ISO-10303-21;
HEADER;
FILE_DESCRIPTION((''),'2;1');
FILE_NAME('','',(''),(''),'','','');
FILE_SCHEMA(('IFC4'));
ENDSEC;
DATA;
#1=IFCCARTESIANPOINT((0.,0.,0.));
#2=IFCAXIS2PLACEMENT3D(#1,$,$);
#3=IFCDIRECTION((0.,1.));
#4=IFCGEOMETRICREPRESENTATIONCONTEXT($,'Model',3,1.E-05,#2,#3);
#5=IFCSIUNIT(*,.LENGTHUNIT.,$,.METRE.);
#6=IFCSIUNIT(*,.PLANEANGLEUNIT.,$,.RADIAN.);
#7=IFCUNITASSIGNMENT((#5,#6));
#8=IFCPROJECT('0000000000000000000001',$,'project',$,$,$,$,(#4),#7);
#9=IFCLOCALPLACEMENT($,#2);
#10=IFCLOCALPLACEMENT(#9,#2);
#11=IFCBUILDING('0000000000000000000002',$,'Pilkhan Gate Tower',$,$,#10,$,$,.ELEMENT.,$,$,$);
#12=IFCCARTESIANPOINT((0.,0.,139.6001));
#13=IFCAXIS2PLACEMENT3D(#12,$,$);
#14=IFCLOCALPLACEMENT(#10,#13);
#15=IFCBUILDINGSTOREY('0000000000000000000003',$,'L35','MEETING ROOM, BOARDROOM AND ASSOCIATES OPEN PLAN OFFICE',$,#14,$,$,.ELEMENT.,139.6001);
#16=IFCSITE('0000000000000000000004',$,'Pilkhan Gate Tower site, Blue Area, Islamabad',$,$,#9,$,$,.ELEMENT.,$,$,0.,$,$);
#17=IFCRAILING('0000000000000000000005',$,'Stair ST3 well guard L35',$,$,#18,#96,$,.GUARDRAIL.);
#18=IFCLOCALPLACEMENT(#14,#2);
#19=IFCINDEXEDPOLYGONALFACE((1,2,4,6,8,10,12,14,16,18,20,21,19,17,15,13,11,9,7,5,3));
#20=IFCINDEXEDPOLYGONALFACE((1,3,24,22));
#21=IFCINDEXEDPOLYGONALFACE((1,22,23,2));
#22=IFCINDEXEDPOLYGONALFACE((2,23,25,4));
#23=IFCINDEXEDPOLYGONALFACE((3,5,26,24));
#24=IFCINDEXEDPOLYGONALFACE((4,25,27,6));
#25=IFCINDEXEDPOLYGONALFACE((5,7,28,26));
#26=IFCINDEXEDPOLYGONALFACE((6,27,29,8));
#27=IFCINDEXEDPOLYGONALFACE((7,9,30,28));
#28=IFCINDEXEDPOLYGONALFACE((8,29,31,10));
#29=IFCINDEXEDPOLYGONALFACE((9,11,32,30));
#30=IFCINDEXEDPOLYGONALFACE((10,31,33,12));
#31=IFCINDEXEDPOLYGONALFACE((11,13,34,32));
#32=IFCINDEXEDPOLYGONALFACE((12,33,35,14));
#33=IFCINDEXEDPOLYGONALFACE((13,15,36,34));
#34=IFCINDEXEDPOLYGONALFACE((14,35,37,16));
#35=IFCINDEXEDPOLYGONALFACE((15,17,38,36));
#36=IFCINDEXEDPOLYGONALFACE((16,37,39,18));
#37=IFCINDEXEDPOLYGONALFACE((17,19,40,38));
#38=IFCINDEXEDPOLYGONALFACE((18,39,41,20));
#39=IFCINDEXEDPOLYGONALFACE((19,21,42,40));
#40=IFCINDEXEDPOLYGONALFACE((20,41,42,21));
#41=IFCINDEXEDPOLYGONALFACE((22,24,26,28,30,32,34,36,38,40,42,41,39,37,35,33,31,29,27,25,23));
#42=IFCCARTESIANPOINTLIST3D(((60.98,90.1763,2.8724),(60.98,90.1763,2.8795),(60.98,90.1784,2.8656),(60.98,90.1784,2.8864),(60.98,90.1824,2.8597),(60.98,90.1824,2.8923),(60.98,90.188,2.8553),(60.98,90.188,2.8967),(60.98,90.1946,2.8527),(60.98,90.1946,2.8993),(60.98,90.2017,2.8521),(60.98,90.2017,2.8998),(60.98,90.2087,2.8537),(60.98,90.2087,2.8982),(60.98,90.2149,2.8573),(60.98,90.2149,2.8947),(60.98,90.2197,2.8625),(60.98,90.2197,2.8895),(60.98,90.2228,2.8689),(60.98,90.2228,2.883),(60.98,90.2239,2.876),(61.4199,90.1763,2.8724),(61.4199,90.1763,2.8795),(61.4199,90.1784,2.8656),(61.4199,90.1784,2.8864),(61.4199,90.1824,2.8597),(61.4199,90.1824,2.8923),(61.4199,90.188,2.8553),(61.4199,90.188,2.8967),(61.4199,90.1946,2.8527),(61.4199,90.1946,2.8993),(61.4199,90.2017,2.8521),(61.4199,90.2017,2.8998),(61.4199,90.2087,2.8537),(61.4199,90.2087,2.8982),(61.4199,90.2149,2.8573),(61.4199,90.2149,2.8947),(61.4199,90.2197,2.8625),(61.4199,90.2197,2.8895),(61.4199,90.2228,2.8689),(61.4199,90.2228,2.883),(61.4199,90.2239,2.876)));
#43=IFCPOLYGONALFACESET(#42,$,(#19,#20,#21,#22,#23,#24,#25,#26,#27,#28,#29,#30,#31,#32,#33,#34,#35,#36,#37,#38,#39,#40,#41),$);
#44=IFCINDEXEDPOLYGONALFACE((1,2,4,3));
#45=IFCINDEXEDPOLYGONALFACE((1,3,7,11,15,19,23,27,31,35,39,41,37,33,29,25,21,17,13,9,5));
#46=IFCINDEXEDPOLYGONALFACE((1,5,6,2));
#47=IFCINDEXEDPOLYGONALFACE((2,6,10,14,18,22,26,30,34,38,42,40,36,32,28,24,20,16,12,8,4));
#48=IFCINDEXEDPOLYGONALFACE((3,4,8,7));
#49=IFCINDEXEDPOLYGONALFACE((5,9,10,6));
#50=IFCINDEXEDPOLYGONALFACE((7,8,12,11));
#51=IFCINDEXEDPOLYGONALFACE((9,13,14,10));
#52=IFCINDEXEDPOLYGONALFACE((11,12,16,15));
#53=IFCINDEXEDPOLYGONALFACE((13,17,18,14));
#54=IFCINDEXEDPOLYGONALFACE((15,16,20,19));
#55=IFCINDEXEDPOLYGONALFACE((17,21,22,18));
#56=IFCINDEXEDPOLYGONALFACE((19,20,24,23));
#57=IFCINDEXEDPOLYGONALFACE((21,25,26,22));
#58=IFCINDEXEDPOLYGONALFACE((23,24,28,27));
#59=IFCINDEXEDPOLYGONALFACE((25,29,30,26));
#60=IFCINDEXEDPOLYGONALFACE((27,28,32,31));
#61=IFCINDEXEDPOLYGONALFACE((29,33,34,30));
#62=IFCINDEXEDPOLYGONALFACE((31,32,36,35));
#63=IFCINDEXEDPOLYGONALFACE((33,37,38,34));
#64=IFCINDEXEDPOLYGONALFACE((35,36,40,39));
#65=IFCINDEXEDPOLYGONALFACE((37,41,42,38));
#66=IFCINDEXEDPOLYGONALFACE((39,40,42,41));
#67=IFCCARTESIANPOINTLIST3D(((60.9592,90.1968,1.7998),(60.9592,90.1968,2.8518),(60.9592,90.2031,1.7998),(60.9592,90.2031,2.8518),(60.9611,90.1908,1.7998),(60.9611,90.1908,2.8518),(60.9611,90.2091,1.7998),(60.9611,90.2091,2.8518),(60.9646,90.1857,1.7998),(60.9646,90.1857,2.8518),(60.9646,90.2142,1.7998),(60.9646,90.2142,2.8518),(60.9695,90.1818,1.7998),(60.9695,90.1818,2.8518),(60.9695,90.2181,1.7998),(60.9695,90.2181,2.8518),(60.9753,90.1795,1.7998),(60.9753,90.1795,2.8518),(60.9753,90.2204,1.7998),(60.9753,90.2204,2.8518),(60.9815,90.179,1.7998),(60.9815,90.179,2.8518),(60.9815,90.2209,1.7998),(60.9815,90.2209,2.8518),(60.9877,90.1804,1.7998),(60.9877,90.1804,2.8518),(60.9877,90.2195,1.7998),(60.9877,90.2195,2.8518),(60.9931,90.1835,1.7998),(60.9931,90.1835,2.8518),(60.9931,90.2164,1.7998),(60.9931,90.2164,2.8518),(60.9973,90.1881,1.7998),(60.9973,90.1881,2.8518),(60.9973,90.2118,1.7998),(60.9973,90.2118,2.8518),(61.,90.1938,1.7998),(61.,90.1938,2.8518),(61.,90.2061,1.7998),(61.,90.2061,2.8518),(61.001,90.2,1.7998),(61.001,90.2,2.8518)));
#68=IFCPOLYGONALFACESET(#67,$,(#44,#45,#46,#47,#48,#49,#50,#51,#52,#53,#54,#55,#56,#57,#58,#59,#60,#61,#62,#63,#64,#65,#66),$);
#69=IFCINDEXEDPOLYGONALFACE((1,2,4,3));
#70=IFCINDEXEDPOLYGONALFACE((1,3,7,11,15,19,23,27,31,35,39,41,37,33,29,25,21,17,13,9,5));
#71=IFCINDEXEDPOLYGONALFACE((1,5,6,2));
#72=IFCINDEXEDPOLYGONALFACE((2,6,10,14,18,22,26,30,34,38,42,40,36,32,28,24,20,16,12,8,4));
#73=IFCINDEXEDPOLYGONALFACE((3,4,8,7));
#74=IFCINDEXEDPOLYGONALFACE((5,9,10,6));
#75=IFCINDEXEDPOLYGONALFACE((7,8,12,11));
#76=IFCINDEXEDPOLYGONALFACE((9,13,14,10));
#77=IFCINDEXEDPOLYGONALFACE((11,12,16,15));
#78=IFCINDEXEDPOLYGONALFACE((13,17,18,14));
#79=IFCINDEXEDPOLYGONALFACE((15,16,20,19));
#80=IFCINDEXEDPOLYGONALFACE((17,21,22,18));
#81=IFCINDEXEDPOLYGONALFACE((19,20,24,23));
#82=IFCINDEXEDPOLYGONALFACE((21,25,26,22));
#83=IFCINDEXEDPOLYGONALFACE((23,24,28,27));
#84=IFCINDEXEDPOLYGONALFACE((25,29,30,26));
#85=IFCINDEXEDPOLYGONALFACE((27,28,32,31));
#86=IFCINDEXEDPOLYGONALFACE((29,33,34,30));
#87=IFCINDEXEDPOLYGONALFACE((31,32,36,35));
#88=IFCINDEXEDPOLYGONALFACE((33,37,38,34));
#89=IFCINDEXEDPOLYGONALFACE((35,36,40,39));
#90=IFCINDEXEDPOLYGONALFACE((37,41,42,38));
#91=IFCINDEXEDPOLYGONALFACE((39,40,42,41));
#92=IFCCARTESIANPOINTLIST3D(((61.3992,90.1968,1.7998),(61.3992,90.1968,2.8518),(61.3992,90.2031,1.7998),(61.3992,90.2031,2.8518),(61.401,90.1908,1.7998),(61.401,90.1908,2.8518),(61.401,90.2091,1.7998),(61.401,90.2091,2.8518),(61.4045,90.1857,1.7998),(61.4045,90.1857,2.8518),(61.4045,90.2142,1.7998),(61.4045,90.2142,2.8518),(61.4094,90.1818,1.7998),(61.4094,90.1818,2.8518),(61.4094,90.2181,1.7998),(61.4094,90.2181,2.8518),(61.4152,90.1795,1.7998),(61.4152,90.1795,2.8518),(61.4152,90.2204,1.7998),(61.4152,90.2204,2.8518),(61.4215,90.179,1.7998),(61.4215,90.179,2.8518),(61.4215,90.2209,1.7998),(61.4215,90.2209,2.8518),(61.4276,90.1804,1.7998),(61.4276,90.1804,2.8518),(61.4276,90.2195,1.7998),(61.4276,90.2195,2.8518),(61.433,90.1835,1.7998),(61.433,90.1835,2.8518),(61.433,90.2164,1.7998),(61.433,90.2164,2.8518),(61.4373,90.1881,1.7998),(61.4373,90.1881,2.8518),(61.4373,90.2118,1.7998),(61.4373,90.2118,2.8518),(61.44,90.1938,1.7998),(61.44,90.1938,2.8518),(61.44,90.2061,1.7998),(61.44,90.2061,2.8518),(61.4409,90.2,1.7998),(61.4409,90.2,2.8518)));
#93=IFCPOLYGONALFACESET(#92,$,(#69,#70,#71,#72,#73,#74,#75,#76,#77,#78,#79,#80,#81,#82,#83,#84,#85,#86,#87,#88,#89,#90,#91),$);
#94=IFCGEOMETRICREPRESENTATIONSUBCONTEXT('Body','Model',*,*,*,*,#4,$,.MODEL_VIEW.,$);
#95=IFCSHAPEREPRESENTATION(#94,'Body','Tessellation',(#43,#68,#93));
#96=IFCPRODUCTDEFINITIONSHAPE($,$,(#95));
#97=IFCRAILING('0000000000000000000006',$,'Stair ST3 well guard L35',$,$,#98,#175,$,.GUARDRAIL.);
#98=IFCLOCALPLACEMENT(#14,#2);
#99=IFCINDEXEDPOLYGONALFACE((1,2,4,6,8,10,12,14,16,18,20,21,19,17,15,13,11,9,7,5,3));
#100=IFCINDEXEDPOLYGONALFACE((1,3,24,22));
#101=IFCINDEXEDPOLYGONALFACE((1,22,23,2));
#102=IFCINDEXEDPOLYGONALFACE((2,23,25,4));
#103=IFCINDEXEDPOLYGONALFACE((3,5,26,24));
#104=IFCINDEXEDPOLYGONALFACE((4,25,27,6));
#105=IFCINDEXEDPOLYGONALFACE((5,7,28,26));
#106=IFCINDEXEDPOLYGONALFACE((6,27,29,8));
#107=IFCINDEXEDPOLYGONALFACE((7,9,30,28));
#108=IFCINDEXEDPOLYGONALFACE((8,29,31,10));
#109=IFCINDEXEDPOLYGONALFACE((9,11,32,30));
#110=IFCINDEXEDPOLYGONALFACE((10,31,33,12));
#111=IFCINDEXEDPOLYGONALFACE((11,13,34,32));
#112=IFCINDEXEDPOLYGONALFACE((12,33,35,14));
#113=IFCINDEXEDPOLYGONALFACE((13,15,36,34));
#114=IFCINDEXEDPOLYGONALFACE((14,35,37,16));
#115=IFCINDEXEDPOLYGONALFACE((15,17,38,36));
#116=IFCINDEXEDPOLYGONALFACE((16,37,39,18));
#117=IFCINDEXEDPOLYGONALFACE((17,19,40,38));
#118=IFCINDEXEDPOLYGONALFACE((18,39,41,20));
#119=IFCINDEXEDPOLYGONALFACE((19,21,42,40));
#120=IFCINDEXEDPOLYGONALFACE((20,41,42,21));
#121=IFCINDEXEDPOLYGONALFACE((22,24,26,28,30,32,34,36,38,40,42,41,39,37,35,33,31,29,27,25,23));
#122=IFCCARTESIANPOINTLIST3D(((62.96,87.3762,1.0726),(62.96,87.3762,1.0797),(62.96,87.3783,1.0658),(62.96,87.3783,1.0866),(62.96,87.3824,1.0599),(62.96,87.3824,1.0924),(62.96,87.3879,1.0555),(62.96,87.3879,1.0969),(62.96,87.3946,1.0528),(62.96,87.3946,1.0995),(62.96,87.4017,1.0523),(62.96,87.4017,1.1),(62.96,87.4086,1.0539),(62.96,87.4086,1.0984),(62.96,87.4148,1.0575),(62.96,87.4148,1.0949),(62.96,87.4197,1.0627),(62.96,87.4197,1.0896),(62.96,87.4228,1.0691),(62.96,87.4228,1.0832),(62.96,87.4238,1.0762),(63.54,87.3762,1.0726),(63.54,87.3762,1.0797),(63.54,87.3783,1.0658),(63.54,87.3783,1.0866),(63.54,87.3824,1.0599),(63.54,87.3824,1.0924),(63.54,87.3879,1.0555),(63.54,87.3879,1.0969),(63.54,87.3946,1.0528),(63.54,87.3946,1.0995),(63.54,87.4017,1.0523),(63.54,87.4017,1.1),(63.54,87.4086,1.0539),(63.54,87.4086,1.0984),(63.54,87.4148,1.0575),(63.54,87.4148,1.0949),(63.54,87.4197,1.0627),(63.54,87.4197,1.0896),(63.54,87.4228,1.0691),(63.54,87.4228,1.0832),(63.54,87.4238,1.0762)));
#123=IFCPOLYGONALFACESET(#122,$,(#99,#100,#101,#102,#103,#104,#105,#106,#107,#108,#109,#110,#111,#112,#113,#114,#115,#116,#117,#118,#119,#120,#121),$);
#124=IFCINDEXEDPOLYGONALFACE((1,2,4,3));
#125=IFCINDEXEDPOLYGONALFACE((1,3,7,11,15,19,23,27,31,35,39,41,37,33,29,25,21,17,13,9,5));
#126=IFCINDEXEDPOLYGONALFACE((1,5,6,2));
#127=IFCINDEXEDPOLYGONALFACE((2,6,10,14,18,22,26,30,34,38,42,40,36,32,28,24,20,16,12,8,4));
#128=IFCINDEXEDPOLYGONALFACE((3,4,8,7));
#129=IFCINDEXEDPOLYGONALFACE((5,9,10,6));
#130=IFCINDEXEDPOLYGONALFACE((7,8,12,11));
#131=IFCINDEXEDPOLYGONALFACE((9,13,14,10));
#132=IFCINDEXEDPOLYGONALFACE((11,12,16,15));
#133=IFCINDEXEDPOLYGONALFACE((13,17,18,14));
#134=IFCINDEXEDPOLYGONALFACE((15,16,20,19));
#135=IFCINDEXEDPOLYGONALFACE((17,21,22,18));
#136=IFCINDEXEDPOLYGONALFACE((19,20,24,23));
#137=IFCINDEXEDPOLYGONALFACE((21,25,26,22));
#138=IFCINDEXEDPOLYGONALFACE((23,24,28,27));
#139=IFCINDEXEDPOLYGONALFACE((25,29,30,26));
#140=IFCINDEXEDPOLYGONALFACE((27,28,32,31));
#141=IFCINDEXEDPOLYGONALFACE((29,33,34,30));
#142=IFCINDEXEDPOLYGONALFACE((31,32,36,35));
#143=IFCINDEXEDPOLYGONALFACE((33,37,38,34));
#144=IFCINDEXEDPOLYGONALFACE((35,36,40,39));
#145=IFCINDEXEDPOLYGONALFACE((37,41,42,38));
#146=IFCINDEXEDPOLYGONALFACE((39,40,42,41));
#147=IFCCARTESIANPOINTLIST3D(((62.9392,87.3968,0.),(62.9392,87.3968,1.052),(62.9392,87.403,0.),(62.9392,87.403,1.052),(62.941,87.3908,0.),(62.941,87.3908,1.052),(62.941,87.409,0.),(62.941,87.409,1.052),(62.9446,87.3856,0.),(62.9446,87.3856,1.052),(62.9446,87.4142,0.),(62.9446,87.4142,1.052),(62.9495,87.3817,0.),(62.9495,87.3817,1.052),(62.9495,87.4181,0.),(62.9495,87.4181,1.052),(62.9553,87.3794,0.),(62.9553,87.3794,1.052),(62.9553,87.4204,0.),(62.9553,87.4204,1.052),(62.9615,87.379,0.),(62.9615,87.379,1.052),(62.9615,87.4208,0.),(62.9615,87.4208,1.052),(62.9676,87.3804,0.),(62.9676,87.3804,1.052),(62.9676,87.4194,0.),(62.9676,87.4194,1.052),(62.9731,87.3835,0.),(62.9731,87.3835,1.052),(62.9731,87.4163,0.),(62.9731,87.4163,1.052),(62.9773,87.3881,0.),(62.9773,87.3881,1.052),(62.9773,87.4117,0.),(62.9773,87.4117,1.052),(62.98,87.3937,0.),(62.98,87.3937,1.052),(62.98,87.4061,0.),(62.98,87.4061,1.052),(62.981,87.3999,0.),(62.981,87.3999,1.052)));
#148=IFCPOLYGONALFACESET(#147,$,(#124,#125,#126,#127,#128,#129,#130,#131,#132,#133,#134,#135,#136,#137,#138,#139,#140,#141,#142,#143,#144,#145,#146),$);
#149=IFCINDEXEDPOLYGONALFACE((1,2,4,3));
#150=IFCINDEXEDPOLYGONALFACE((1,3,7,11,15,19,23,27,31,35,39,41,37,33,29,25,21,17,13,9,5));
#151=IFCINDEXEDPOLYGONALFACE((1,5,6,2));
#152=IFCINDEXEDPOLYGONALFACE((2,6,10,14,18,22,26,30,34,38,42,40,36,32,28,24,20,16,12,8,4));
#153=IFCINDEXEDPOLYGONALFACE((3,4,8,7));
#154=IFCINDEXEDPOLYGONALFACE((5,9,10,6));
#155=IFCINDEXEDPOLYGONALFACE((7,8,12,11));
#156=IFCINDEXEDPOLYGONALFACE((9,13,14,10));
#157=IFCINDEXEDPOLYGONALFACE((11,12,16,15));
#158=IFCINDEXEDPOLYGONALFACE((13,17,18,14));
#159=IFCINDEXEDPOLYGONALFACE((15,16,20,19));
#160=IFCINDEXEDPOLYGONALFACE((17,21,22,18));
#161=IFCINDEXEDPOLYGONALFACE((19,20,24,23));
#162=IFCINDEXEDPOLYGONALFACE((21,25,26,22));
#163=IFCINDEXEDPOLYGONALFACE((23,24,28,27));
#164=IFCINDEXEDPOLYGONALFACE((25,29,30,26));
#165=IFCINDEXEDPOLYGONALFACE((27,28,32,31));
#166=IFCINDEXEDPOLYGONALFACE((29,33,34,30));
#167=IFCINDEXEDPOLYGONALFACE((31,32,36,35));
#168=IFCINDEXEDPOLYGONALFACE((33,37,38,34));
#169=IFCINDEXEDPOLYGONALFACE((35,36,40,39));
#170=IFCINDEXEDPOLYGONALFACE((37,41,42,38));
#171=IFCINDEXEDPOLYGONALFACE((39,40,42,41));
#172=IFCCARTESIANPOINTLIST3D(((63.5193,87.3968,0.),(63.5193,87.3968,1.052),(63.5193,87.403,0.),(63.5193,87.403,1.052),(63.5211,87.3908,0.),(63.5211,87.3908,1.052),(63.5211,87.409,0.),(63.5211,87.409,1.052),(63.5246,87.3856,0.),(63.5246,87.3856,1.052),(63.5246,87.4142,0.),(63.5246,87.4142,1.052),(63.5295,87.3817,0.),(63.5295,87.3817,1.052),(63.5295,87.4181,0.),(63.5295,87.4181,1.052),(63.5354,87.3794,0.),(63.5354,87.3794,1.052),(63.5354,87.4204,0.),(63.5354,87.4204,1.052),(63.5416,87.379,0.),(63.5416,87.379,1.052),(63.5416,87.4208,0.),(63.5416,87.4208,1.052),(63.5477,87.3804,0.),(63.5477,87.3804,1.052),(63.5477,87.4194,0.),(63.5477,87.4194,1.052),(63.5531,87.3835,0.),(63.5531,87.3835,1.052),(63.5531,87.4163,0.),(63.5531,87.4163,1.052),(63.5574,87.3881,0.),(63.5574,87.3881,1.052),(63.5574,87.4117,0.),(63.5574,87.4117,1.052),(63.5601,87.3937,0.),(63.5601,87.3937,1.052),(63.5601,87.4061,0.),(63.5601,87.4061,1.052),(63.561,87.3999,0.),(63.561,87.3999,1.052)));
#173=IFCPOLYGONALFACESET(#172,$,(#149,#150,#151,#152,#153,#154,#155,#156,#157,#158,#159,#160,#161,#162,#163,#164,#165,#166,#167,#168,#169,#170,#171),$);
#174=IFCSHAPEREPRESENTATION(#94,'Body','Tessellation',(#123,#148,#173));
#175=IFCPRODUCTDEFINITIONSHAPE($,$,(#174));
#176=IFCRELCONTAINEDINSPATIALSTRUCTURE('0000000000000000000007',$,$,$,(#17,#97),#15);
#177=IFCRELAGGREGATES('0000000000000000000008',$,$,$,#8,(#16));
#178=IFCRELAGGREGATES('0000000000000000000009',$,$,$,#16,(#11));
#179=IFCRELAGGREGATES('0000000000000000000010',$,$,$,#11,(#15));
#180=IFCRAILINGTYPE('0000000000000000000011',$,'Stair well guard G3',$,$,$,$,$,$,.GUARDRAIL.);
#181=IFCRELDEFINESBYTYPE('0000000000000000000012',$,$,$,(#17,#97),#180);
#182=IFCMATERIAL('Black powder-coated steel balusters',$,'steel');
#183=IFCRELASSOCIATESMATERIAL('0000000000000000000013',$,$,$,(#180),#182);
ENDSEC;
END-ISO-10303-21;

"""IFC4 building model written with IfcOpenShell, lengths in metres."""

from ifc_helpers import new_model, si_unit, direction, frame, origin, origin_2d, place, context, subcontext, project, spatial, circle, extrude, material, type_object, element, save


model = new_model("IFC4")

# Units and contexts
model_context = context("Model", 3, precision=1e-05, world=origin(), true_north=direction((0.0, 1.0)))
body_context = subcontext(model_context, "Body", "Model", "MODEL_VIEW")
ifc_project = project(units=[si_unit("LENGTHUNIT", "METRE"), si_unit("PLANEANGLEUNIT", "RADIAN")], contexts=[model_context])

# Site, building, storey
site_placement = place(None, origin())
site = spatial("IfcSite", under=ifc_project, at=site_placement, Name="Pilkhan Gate Tower site, Blue Area, Islamabad", CompositionType="ELEMENT", RefElevation=0.0)
building_placement = place(site_placement, origin())
building = spatial("IfcBuilding", under=site, at=building_placement, Name="Pilkhan Gate Tower", CompositionType="ELEMENT")
storey_placement = place(building_placement, frame((0.0, 0.0, 139.6001)))
storey = spatial("IfcBuildingStorey", under=building, at=storey_placement, Name="L35", Description="MEETING ROOM, BOARDROOM AND ASSOCIATES OPEN PLAN OFFICE", CompositionType="ELEMENT", Elevation=139.6001)

# Railings
ifc_material_1 = material(Name="Black powder-coated steel balusters", Category="steel")
railing_type_1 = type_object("IfcRailingType", Name="Stair well guard G3", PredefinedType="GUARDRAIL", material=ifc_material_1)
railing_1_placement = place(storey_placement, frame((60.98, 90.2, 1.7998)))
element("IfcRailing", 1, at=railing_1_placement, inside=storey, type_object=railing_type_1, Name="Stair ST3 well guard L35", PredefinedType="GUARDRAIL", context=body_context, shape_type="SweptSolid", body=[
    extrude(circle(Radius=0.0239, at=origin_2d()), frame((0.0, 0.0, 1.0762), z_axis=(1.0, 0.0, 0.0), x_axis=(0.0, 1.0, 0.0)), (0.0, 0.0, 1.0), 0.4399),
    extrude(circle(Radius=0.021, at=origin_2d()), origin(), (0.0, 0.0, 1.0), 1.052),
    extrude(circle(Radius=0.021, at=origin_2d()), frame((0.4399, 0.0, 0.0)), (0.0, 0.0, 1.0), 1.052),
])
for number, where, name in (
    (2, (62.96, 87.3999, 0.0), "Stair ST3 well guard L35"),
):
    element("IfcRailing", number, at=place(storey_placement, frame(where)), inside=storey, type_object=railing_type_1, Name=name, PredefinedType="GUARDRAIL", context=body_context, shape_type="SweptSolid", body=[
        extrude(circle(Radius=0.0239, at=origin_2d()), frame((0.0, 0.0, 1.0762), z_axis=(1.0, 0.0, 0.0), x_axis=(0.0, 1.0, 0.0)), (0.0, 0.0, 1.0), 0.5801),
        extrude(circle(Radius=0.021, at=origin_2d()), origin(), (0.0, 0.0, 1.0), 1.052),
        extrude(circle(Radius=0.021, at=origin_2d()), frame((0.5801, 0.0, 0.0)), (0.0, 0.0, 1.0), 1.052),
    ])

save(model, "model.ifc")
